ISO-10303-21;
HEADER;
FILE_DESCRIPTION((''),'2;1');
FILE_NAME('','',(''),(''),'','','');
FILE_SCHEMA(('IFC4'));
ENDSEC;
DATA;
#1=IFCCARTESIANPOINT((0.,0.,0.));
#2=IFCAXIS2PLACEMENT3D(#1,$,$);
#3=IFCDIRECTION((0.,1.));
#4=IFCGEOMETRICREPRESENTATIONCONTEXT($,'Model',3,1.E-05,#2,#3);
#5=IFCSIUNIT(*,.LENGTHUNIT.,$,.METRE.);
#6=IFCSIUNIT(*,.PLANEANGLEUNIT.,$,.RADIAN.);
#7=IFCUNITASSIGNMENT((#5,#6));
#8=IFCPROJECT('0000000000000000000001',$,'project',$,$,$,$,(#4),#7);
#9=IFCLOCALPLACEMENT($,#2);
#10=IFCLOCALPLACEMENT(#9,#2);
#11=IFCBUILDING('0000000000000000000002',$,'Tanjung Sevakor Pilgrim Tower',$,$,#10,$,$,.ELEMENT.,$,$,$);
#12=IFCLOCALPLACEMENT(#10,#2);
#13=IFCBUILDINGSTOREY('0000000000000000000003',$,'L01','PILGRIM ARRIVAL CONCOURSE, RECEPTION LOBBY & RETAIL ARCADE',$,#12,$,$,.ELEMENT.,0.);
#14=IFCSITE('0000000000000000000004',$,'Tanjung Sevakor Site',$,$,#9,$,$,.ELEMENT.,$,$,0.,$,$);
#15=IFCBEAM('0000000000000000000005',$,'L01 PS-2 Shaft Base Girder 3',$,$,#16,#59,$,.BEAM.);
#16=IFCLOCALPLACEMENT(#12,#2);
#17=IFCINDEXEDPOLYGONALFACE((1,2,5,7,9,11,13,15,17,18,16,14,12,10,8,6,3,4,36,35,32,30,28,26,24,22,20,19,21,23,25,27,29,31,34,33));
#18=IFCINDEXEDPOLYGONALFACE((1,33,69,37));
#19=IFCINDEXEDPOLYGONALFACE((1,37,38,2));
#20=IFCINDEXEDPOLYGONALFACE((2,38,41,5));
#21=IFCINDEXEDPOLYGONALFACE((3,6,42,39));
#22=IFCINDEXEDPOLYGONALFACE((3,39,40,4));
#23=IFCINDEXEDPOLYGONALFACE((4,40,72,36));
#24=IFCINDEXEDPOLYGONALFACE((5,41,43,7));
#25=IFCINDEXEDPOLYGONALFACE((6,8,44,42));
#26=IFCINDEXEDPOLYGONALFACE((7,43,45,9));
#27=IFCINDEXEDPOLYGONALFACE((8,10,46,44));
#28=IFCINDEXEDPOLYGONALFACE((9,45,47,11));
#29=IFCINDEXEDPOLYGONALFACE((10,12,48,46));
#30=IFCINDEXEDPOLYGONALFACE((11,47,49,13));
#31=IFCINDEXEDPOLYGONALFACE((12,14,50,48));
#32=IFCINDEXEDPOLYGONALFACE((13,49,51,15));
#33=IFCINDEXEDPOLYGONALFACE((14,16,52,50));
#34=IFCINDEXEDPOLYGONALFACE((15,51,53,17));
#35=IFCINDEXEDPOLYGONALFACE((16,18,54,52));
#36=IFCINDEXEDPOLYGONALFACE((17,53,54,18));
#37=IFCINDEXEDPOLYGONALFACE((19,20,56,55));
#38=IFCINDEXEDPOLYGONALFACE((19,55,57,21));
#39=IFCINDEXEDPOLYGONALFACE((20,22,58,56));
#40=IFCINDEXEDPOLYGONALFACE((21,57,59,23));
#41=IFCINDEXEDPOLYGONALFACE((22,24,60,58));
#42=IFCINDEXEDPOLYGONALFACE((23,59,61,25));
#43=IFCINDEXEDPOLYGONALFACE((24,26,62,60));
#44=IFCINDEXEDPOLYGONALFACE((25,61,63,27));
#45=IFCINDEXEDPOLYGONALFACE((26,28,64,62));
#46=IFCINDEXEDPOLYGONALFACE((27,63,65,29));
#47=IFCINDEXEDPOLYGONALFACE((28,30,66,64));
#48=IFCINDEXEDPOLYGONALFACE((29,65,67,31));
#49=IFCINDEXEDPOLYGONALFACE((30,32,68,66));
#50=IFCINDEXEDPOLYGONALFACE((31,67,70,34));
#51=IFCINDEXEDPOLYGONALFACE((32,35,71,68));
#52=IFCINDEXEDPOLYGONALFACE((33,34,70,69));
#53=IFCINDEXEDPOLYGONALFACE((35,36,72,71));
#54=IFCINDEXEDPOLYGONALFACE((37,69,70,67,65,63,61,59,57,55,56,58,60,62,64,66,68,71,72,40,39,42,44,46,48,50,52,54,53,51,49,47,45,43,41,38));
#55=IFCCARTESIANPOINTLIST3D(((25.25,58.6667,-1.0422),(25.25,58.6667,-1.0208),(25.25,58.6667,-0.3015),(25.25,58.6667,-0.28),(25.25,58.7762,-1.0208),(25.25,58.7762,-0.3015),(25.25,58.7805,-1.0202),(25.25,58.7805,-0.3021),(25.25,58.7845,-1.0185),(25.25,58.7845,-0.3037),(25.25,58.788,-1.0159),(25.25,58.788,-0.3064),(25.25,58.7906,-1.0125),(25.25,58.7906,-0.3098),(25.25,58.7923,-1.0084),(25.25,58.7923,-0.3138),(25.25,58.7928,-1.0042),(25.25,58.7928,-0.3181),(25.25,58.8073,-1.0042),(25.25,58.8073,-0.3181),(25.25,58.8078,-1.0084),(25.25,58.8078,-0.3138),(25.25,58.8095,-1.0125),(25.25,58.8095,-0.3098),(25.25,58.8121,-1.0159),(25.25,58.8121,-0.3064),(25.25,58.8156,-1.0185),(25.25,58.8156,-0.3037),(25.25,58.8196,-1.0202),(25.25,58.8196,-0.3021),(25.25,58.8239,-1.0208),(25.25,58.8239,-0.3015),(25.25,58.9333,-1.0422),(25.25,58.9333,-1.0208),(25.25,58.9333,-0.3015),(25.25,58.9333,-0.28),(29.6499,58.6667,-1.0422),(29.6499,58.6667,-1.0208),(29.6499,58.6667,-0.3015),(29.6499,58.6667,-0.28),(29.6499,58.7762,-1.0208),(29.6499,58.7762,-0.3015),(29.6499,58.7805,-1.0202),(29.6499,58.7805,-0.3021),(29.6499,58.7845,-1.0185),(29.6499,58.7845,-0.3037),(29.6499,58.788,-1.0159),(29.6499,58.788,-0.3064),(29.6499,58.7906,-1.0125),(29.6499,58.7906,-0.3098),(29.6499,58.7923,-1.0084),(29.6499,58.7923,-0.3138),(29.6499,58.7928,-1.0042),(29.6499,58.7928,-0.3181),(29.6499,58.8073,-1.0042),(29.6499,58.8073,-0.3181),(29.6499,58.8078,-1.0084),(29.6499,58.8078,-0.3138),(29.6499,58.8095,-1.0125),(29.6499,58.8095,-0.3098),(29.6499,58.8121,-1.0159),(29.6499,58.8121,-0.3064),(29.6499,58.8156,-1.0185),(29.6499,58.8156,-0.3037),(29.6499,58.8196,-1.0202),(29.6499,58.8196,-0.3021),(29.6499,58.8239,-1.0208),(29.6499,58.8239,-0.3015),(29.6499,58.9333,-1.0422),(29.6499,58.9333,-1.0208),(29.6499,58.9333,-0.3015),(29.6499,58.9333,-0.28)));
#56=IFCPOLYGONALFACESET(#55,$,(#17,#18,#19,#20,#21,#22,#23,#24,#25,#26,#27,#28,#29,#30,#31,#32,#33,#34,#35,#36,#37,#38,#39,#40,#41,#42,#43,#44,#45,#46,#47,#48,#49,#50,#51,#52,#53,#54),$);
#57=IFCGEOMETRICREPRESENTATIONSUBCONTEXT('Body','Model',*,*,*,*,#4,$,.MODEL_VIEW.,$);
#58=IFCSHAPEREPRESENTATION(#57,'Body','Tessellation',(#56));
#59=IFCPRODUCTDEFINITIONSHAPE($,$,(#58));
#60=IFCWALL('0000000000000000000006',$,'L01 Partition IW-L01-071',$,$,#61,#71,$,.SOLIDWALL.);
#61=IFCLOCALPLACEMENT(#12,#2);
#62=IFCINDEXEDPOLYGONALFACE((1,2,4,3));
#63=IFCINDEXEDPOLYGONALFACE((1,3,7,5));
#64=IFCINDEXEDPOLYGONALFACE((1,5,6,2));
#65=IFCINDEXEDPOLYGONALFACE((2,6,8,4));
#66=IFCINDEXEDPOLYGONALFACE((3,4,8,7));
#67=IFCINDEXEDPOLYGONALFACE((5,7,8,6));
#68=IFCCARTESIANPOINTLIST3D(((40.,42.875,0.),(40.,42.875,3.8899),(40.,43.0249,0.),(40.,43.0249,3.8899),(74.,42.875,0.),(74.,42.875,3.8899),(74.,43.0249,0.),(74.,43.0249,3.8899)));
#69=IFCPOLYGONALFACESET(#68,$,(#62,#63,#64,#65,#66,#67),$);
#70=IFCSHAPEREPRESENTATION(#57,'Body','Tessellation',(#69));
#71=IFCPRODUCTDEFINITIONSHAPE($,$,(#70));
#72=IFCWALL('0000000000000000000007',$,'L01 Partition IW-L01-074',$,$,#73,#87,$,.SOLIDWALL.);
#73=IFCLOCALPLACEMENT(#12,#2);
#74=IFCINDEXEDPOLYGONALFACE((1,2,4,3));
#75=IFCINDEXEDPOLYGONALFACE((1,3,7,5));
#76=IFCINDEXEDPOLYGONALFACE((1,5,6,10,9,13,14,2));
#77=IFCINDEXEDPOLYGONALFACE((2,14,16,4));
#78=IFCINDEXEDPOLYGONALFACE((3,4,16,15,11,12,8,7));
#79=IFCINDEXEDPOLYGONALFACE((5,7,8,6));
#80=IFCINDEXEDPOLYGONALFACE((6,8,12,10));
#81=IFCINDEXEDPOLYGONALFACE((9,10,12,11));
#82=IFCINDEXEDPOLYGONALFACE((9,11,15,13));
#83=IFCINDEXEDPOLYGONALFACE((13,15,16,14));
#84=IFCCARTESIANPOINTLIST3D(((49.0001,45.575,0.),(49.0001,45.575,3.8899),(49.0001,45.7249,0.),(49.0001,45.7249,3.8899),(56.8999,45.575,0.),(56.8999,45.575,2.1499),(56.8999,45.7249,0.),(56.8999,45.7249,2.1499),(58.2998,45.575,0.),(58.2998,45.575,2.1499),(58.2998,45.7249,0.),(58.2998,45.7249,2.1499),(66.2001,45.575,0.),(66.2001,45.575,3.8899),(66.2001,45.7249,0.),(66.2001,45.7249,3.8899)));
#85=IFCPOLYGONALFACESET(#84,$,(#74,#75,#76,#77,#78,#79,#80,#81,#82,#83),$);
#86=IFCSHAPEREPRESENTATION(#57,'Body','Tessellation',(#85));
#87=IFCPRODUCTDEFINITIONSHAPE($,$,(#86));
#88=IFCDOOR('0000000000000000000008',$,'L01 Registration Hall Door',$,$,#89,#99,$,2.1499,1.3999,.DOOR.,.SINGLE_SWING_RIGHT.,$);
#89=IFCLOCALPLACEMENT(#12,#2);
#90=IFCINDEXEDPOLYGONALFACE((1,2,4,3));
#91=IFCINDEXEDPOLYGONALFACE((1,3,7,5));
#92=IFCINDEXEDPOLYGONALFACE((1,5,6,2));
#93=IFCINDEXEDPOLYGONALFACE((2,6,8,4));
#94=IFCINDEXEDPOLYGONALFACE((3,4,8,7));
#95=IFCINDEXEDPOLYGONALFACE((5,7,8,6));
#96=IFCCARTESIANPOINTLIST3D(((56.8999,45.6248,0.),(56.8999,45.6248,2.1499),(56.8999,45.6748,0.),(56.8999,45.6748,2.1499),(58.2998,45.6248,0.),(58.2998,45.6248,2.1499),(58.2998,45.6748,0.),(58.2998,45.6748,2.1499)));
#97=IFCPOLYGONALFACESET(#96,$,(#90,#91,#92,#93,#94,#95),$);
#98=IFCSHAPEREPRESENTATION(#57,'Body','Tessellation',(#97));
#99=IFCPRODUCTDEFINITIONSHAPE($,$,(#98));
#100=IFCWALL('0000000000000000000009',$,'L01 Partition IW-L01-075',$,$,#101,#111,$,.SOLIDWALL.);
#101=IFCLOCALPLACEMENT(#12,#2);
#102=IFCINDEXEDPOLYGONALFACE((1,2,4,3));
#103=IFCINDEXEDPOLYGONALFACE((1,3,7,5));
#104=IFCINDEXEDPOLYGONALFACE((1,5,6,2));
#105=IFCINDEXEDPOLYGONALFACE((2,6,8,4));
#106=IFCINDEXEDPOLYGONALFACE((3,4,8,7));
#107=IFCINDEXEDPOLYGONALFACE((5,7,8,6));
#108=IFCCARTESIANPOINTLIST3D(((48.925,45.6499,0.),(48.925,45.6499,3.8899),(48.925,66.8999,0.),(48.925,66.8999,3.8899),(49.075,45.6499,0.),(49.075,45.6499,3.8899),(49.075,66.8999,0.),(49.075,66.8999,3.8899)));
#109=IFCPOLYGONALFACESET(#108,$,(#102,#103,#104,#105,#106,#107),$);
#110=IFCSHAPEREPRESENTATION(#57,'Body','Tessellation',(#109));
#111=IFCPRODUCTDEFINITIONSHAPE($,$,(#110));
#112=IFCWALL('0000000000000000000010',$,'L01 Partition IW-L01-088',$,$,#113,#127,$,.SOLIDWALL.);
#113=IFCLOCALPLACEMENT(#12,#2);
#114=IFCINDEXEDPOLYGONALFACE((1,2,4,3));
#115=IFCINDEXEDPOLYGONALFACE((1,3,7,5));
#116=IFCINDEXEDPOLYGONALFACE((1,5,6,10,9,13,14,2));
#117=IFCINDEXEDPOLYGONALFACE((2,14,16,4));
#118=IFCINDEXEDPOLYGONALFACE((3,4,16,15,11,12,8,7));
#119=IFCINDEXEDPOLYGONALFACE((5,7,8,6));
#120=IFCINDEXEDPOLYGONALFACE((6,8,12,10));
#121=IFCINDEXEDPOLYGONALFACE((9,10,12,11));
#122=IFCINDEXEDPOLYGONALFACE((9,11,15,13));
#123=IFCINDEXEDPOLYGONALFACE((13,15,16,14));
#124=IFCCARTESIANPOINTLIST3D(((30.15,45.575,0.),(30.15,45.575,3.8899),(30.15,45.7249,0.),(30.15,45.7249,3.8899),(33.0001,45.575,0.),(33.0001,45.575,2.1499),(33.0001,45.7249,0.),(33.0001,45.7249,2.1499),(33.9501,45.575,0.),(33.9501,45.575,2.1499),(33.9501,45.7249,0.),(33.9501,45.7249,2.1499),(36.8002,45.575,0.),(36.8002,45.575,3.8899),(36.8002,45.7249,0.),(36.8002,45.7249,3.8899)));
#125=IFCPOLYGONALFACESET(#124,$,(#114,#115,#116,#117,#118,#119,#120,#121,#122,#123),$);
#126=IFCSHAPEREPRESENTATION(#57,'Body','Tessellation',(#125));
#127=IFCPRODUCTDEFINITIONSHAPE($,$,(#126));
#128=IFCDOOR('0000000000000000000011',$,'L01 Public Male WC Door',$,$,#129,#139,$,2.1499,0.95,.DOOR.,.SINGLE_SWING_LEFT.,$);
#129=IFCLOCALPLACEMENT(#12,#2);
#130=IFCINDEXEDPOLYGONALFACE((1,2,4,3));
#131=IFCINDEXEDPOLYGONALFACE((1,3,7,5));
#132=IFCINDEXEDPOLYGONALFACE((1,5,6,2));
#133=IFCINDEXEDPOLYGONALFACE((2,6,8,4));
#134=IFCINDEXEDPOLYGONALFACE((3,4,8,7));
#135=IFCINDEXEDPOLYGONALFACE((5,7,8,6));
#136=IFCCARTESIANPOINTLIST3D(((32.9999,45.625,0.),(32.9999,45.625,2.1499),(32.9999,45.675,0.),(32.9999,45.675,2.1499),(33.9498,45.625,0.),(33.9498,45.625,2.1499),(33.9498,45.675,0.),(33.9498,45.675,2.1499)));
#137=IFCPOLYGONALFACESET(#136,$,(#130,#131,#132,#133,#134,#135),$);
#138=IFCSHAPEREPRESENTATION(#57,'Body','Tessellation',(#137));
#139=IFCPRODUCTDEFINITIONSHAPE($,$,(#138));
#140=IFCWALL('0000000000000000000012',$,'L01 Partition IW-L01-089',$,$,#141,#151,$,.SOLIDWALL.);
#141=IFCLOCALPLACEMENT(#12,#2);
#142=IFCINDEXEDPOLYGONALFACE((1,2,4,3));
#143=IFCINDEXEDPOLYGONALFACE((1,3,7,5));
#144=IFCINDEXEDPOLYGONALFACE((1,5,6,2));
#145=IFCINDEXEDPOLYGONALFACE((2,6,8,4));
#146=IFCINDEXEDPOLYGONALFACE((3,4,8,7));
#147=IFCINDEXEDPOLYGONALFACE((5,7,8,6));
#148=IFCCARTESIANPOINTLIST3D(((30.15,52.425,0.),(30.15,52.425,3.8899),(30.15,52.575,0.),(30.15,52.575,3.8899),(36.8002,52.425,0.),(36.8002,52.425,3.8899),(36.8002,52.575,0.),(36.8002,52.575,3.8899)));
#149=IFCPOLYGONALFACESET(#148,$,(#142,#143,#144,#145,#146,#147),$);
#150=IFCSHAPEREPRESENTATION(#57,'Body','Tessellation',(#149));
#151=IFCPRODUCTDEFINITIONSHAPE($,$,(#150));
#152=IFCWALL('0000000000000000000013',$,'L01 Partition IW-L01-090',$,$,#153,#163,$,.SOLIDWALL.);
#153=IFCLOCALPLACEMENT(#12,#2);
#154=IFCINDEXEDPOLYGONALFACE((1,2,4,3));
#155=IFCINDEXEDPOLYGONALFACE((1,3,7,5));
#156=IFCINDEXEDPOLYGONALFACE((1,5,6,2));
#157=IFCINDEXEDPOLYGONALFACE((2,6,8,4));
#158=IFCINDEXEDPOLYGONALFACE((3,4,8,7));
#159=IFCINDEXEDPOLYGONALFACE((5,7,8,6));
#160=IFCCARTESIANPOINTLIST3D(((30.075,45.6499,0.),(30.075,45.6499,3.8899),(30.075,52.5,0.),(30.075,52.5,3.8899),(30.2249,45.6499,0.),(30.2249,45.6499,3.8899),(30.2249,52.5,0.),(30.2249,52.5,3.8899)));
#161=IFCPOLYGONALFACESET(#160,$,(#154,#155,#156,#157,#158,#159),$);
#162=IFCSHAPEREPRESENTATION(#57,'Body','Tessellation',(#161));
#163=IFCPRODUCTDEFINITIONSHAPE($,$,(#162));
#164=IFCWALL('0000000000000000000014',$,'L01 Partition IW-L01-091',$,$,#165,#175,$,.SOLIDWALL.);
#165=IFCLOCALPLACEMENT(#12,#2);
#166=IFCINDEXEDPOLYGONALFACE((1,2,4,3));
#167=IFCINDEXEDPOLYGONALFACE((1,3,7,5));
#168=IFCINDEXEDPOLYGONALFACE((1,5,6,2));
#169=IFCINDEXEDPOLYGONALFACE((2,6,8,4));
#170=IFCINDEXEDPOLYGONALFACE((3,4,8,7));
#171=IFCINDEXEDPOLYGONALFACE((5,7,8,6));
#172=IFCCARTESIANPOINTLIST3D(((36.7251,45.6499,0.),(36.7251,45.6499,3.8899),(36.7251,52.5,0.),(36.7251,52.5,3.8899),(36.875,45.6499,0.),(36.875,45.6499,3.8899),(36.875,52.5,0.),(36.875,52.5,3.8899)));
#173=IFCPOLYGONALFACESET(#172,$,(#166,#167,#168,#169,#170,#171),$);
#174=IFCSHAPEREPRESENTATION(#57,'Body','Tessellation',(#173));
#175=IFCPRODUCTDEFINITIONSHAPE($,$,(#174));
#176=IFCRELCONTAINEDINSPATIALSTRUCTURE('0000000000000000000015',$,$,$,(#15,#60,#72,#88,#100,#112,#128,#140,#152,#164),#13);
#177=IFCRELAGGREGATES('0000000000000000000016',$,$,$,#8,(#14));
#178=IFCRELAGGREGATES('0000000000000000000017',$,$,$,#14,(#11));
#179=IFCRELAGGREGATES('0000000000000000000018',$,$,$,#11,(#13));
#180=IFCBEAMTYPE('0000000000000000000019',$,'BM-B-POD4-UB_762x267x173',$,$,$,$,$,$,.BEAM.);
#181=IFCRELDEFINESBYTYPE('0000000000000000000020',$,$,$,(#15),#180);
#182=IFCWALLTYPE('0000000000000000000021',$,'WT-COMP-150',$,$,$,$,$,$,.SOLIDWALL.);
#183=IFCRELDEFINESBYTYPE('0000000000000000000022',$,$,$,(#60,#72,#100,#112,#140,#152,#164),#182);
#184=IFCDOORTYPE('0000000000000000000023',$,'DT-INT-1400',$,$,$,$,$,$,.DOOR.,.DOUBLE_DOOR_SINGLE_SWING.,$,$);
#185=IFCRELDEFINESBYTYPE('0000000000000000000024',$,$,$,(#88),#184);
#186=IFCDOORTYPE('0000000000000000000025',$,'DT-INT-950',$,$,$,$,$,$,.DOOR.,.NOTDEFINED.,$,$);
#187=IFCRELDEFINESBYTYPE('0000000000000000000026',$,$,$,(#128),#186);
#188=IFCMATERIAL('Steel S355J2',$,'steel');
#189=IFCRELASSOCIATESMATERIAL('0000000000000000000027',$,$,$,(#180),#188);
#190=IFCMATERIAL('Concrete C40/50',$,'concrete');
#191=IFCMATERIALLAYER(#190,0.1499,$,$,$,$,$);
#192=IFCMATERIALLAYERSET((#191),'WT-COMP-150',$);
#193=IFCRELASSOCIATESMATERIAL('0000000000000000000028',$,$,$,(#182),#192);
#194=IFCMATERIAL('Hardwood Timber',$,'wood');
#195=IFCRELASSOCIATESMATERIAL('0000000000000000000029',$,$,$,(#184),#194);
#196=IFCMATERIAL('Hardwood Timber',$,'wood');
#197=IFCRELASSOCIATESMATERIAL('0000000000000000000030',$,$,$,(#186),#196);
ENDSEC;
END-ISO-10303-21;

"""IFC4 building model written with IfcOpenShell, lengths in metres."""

from ifc_helpers import new_model, si_unit, direction, frame, frame_2d, origin, origin_2d, place, context, subcontext, project, spatial, rectangle, i_section, extrude, material, layer, layer_set, material_profile, profile_set, type_object, element, fill, save


model = new_model("IFC4")

# Units and contexts
model_context = context("Model", 3, precision=1e-05, world=origin(), true_north=direction((0.0, 1.0)))
body_context = subcontext(model_context, "Body", "Model", "MODEL_VIEW")
ifc_project = project(units=[si_unit("LENGTHUNIT", "METRE"), si_unit("PLANEANGLEUNIT", "RADIAN")], contexts=[model_context])

# Site, building, storey
site_placement = place(None, origin())
site = spatial("IfcSite", under=ifc_project, at=site_placement, Name="Tanjung Sevakor Site", CompositionType="ELEMENT", RefElevation=0.0)
building_placement = place(site_placement, origin())
building = spatial("IfcBuilding", under=site, at=building_placement, Name="Tanjung Sevakor Pilgrim Tower", CompositionType="ELEMENT")
storey_placement = place(building_placement, origin())
storey = spatial("IfcBuildingStorey", under=building, at=storey_placement, Name="L01", Description="PILGRIM ARRIVAL CONCOURSE, RECEPTION LOBBY & RETAIL ARCADE", CompositionType="ELEMENT", Elevation=0.0)

# Beam
ifc_material_1 = material(Name="Steel S355J2", Category="steel")
ifc_material_profile_1 = material_profile(ifc_material_1, i_section(OverallWidth=0.2666, OverallDepth=0.7622, WebThickness=0.0144, FlangeThickness=0.0215, FilletRadius=0.0166, at=origin_2d()))
ifc_profile_set_1 = profile_set([ifc_material_profile_1], Name="Steel S355J2")
beam_type_1 = type_object("IfcBeamType", Name="BM-B-POD4-UB_762x267x173", PredefinedType="BEAM", material=ifc_profile_set_1)
beam_1_placement = place(storey_placement, frame((29.6499, 58.8, -0.6611), z_axis=(-1.0, 0.0, 0.0), x_axis=(0.0, -1.0, 0.0)))
element("IfcBeam", 1, at=beam_1_placement, inside=storey, type_object=beam_type_1, Name="L01 PS-2 Shaft Base Girder 3", PredefinedType="BEAM", context=body_context, shape_type="SweptSolid", body=[
    extrude(i_section(OverallWidth=0.2666, OverallDepth=0.7622, WebThickness=0.0144, FlangeThickness=0.0215, FilletRadius=0.0166, at=origin_2d()), origin(), (0.0, 0.0, 1.0), 4.3999),
])

# Wall
ifc_material_2 = material(Name="Concrete C40/50", Category="concrete")
ifc_layer_1 = layer(ifc_material_2, 0.1499)
ifc_layer_set_1 = layer_set([ifc_layer_1], Name="WT-COMP-150")
wall_type_1 = type_object("IfcWallType", Name="WT-COMP-150", PredefinedType="SOLIDWALL", material=ifc_layer_set_1)
wall_1_placement = place(storey_placement, frame((40.0, 42.95, 0.0), z_axis=(0.0, 0.0, 1.0), x_axis=(1.0, 0.0, 0.0)))
element("IfcWall", 2, at=wall_1_placement, inside=storey, type_object=wall_type_1, Name="L01 Partition IW-L01-071", PredefinedType="SOLIDWALL", context=body_context, shape_type="SweptSolid", body=[
    extrude(rectangle(XDim=34.0, YDim=0.1499, at=frame_2d((17.0, 0.0))), origin(), (0.0, 0.0, 1.0), 3.8899),
])

# Wall, opening, door
wall_2_placement = place(storey_placement, frame((49.0, 45.6499, 0.0), z_axis=(0.0, 0.0, 1.0), x_axis=(1.0, 0.0, 0.0)))
wall_2 = element("IfcWall", 3, at=wall_2_placement, inside=storey, type_object=wall_type_1, Name="L01 Partition IW-L01-074", PredefinedType="SOLIDWALL", context=body_context, shape_type="SweptSolid", body=[
    extrude(rectangle(XDim=17.2, YDim=0.1499, at=frame_2d((8.6001, 0.0))), origin(), (0.0, 0.0, 1.0), 3.8899),
])
opening_1_placement = place(wall_2_placement, frame((7.8999, 0.0, 0.0)))
opening_1 = element("IfcOpeningElement", 4, at=opening_1_placement, cuts=wall_2, PredefinedType="OPENING", context=body_context, shape_type="SweptSolid", body=[
    extrude(rectangle(XDim=1.3999, YDim=2.1499, at=frame_2d((0.7, 1.075))), frame((0.0, 0.085, 0.0), z_axis=(0.0, -1.0, 0.0), x_axis=(1.0, 0.0, 0.0)), (0.0, 0.0, 1.0), 0.1699),
])
ifc_material_3 = material(Name="Hardwood Timber", Category="wood")
door_type_1 = type_object("IfcDoorType", Name="DT-INT-1400", OperationType="DOUBLE_DOOR_SINGLE_SWING", PredefinedType="DOOR", material=ifc_material_3)
door_1_placement = place(opening_1_placement, origin())
door_1 = element("IfcDoor", 5, at=door_1_placement, inside=storey, type_object=door_type_1, Name="L01 Registration Hall Door", OperationType="SINGLE_SWING_RIGHT", OverallHeight=2.1499, OverallWidth=1.3999, PredefinedType="DOOR", context=body_context, shape_type="SweptSolid", body=[
    extrude(rectangle(XDim=1.3999, YDim=2.1499, at=frame_2d((0.7, 1.075))), frame((0.0, 0.0249, 0.0), z_axis=(0.0, -1.0, 0.0), x_axis=(1.0, 0.0, 0.0)), (0.0, 0.0, 1.0), 0.05),
])
fill(opening_1, door_1)

# Wall
wall_3_placement = place(storey_placement, frame((49.0, 45.6499, 0.0), z_axis=(0.0, 0.0, 1.0), x_axis=(0.0, 1.0, 0.0)))
element("IfcWall", 6, at=wall_3_placement, inside=storey, type_object=wall_type_1, Name="L01 Partition IW-L01-075", PredefinedType="SOLIDWALL", context=body_context, shape_type="SweptSolid", body=[
    extrude(rectangle(XDim=21.25, YDim=0.1499, at=frame_2d((10.625, 0.0))), origin(), (0.0, 0.0, 1.0), 3.8899),
])

# Wall, opening, door
wall_4_placement = place(storey_placement, frame((30.1499, 45.6499, 0.0), z_axis=(0.0, 0.0, 1.0), x_axis=(1.0, 0.0, 0.0)))
wall_4 = element("IfcWall", 7, at=wall_4_placement, inside=storey, type_object=wall_type_1, Name="L01 Partition IW-L01-088", PredefinedType="SOLIDWALL", context=body_context, shape_type="SweptSolid", body=[
    extrude(rectangle(XDim=6.6501, YDim=0.1499, at=frame_2d((3.3252, 0.0))), origin(), (0.0, 0.0, 1.0), 3.8899),
])
opening_2_placement = place(wall_4_placement, frame((2.8501, 0.0, 0.0)))
opening_2 = element("IfcOpeningElement", 8, at=opening_2_placement, cuts=wall_4, PredefinedType="OPENING", context=body_context, shape_type="SweptSolid", body=[
    extrude(rectangle(XDim=0.95, YDim=2.1499, at=frame_2d((0.4751, 1.075))), frame((0.0, 0.085, 0.0), z_axis=(0.0, -1.0, 0.0), x_axis=(1.0, 0.0, 0.0)), (0.0, 0.0, 1.0), 0.1699),
])
ifc_material_4 = material(Name="Hardwood Timber", Category="wood")
door_type_2 = type_object("IfcDoorType", Name="DT-INT-950", OperationType="NOTDEFINED", PredefinedType="DOOR", material=ifc_material_4)
door_2_placement = place(opening_2_placement, frame((0.95, 0.0, 0.0), z_axis=(0.0, 0.0, 1.0), x_axis=(-1.0, 0.0, 0.0)))
door_2 = element("IfcDoor", 9, at=door_2_placement, inside=storey, type_object=door_type_2, Name="L01 Public Male WC Door", OperationType="SINGLE_SWING_LEFT", OverallHeight=2.1499, OverallWidth=0.95, PredefinedType="DOOR", context=body_context, shape_type="SweptSolid", body=[
    extrude(rectangle(XDim=0.95, YDim=2.1499, at=frame_2d((0.4751, 1.075))), frame((0.0, 0.0249, 0.0), z_axis=(0.0, -1.0, 0.0), x_axis=(1.0, 0.0, 0.0)), (0.0, 0.0, 1.0), 0.05),
])
fill(opening_2, door_2)

# Walls
wall_5_placement = place(storey_placement, frame((30.1499, 52.5, 0.0), z_axis=(0.0, 0.0, 1.0), x_axis=(1.0, 0.0, 0.0)))
element("IfcWall", 10, at=wall_5_placement, inside=storey, type_object=wall_type_1, Name="L01 Partition IW-L01-089", PredefinedType="SOLIDWALL", context=body_context, shape_type="SweptSolid", body=[
    extrude(rectangle(XDim=6.6501, YDim=0.1499, at=frame_2d((3.3252, 0.0))), origin(), (0.0, 0.0, 1.0), 3.8899),
])
for number, where, z_axis, x_axis, name in (
    (11, (30.1499, 45.6499, 0.0), (0.0, 0.0, 1.0), (0.0, 1.0, 0.0), "L01 Partition IW-L01-090"),
    (12, (36.8, 45.6499, 0.0), (0.0, 0.0, 1.0), (0.0, 1.0, 0.0), "L01 Partition IW-L01-091"),
):
    element("IfcWall", number, at=place(storey_placement, frame(where, z_axis=z_axis, x_axis=x_axis)), inside=storey, type_object=wall_type_1, Name=name, PredefinedType="SOLIDWALL", context=body_context, shape_type="SweptSolid", body=[
        extrude(rectangle(XDim=6.8501, YDim=0.1499, at=frame_2d((3.425, 0.0))), origin(), (0.0, 0.0, 1.0), 3.8899),
    ])

save(model, "model.ifc")
